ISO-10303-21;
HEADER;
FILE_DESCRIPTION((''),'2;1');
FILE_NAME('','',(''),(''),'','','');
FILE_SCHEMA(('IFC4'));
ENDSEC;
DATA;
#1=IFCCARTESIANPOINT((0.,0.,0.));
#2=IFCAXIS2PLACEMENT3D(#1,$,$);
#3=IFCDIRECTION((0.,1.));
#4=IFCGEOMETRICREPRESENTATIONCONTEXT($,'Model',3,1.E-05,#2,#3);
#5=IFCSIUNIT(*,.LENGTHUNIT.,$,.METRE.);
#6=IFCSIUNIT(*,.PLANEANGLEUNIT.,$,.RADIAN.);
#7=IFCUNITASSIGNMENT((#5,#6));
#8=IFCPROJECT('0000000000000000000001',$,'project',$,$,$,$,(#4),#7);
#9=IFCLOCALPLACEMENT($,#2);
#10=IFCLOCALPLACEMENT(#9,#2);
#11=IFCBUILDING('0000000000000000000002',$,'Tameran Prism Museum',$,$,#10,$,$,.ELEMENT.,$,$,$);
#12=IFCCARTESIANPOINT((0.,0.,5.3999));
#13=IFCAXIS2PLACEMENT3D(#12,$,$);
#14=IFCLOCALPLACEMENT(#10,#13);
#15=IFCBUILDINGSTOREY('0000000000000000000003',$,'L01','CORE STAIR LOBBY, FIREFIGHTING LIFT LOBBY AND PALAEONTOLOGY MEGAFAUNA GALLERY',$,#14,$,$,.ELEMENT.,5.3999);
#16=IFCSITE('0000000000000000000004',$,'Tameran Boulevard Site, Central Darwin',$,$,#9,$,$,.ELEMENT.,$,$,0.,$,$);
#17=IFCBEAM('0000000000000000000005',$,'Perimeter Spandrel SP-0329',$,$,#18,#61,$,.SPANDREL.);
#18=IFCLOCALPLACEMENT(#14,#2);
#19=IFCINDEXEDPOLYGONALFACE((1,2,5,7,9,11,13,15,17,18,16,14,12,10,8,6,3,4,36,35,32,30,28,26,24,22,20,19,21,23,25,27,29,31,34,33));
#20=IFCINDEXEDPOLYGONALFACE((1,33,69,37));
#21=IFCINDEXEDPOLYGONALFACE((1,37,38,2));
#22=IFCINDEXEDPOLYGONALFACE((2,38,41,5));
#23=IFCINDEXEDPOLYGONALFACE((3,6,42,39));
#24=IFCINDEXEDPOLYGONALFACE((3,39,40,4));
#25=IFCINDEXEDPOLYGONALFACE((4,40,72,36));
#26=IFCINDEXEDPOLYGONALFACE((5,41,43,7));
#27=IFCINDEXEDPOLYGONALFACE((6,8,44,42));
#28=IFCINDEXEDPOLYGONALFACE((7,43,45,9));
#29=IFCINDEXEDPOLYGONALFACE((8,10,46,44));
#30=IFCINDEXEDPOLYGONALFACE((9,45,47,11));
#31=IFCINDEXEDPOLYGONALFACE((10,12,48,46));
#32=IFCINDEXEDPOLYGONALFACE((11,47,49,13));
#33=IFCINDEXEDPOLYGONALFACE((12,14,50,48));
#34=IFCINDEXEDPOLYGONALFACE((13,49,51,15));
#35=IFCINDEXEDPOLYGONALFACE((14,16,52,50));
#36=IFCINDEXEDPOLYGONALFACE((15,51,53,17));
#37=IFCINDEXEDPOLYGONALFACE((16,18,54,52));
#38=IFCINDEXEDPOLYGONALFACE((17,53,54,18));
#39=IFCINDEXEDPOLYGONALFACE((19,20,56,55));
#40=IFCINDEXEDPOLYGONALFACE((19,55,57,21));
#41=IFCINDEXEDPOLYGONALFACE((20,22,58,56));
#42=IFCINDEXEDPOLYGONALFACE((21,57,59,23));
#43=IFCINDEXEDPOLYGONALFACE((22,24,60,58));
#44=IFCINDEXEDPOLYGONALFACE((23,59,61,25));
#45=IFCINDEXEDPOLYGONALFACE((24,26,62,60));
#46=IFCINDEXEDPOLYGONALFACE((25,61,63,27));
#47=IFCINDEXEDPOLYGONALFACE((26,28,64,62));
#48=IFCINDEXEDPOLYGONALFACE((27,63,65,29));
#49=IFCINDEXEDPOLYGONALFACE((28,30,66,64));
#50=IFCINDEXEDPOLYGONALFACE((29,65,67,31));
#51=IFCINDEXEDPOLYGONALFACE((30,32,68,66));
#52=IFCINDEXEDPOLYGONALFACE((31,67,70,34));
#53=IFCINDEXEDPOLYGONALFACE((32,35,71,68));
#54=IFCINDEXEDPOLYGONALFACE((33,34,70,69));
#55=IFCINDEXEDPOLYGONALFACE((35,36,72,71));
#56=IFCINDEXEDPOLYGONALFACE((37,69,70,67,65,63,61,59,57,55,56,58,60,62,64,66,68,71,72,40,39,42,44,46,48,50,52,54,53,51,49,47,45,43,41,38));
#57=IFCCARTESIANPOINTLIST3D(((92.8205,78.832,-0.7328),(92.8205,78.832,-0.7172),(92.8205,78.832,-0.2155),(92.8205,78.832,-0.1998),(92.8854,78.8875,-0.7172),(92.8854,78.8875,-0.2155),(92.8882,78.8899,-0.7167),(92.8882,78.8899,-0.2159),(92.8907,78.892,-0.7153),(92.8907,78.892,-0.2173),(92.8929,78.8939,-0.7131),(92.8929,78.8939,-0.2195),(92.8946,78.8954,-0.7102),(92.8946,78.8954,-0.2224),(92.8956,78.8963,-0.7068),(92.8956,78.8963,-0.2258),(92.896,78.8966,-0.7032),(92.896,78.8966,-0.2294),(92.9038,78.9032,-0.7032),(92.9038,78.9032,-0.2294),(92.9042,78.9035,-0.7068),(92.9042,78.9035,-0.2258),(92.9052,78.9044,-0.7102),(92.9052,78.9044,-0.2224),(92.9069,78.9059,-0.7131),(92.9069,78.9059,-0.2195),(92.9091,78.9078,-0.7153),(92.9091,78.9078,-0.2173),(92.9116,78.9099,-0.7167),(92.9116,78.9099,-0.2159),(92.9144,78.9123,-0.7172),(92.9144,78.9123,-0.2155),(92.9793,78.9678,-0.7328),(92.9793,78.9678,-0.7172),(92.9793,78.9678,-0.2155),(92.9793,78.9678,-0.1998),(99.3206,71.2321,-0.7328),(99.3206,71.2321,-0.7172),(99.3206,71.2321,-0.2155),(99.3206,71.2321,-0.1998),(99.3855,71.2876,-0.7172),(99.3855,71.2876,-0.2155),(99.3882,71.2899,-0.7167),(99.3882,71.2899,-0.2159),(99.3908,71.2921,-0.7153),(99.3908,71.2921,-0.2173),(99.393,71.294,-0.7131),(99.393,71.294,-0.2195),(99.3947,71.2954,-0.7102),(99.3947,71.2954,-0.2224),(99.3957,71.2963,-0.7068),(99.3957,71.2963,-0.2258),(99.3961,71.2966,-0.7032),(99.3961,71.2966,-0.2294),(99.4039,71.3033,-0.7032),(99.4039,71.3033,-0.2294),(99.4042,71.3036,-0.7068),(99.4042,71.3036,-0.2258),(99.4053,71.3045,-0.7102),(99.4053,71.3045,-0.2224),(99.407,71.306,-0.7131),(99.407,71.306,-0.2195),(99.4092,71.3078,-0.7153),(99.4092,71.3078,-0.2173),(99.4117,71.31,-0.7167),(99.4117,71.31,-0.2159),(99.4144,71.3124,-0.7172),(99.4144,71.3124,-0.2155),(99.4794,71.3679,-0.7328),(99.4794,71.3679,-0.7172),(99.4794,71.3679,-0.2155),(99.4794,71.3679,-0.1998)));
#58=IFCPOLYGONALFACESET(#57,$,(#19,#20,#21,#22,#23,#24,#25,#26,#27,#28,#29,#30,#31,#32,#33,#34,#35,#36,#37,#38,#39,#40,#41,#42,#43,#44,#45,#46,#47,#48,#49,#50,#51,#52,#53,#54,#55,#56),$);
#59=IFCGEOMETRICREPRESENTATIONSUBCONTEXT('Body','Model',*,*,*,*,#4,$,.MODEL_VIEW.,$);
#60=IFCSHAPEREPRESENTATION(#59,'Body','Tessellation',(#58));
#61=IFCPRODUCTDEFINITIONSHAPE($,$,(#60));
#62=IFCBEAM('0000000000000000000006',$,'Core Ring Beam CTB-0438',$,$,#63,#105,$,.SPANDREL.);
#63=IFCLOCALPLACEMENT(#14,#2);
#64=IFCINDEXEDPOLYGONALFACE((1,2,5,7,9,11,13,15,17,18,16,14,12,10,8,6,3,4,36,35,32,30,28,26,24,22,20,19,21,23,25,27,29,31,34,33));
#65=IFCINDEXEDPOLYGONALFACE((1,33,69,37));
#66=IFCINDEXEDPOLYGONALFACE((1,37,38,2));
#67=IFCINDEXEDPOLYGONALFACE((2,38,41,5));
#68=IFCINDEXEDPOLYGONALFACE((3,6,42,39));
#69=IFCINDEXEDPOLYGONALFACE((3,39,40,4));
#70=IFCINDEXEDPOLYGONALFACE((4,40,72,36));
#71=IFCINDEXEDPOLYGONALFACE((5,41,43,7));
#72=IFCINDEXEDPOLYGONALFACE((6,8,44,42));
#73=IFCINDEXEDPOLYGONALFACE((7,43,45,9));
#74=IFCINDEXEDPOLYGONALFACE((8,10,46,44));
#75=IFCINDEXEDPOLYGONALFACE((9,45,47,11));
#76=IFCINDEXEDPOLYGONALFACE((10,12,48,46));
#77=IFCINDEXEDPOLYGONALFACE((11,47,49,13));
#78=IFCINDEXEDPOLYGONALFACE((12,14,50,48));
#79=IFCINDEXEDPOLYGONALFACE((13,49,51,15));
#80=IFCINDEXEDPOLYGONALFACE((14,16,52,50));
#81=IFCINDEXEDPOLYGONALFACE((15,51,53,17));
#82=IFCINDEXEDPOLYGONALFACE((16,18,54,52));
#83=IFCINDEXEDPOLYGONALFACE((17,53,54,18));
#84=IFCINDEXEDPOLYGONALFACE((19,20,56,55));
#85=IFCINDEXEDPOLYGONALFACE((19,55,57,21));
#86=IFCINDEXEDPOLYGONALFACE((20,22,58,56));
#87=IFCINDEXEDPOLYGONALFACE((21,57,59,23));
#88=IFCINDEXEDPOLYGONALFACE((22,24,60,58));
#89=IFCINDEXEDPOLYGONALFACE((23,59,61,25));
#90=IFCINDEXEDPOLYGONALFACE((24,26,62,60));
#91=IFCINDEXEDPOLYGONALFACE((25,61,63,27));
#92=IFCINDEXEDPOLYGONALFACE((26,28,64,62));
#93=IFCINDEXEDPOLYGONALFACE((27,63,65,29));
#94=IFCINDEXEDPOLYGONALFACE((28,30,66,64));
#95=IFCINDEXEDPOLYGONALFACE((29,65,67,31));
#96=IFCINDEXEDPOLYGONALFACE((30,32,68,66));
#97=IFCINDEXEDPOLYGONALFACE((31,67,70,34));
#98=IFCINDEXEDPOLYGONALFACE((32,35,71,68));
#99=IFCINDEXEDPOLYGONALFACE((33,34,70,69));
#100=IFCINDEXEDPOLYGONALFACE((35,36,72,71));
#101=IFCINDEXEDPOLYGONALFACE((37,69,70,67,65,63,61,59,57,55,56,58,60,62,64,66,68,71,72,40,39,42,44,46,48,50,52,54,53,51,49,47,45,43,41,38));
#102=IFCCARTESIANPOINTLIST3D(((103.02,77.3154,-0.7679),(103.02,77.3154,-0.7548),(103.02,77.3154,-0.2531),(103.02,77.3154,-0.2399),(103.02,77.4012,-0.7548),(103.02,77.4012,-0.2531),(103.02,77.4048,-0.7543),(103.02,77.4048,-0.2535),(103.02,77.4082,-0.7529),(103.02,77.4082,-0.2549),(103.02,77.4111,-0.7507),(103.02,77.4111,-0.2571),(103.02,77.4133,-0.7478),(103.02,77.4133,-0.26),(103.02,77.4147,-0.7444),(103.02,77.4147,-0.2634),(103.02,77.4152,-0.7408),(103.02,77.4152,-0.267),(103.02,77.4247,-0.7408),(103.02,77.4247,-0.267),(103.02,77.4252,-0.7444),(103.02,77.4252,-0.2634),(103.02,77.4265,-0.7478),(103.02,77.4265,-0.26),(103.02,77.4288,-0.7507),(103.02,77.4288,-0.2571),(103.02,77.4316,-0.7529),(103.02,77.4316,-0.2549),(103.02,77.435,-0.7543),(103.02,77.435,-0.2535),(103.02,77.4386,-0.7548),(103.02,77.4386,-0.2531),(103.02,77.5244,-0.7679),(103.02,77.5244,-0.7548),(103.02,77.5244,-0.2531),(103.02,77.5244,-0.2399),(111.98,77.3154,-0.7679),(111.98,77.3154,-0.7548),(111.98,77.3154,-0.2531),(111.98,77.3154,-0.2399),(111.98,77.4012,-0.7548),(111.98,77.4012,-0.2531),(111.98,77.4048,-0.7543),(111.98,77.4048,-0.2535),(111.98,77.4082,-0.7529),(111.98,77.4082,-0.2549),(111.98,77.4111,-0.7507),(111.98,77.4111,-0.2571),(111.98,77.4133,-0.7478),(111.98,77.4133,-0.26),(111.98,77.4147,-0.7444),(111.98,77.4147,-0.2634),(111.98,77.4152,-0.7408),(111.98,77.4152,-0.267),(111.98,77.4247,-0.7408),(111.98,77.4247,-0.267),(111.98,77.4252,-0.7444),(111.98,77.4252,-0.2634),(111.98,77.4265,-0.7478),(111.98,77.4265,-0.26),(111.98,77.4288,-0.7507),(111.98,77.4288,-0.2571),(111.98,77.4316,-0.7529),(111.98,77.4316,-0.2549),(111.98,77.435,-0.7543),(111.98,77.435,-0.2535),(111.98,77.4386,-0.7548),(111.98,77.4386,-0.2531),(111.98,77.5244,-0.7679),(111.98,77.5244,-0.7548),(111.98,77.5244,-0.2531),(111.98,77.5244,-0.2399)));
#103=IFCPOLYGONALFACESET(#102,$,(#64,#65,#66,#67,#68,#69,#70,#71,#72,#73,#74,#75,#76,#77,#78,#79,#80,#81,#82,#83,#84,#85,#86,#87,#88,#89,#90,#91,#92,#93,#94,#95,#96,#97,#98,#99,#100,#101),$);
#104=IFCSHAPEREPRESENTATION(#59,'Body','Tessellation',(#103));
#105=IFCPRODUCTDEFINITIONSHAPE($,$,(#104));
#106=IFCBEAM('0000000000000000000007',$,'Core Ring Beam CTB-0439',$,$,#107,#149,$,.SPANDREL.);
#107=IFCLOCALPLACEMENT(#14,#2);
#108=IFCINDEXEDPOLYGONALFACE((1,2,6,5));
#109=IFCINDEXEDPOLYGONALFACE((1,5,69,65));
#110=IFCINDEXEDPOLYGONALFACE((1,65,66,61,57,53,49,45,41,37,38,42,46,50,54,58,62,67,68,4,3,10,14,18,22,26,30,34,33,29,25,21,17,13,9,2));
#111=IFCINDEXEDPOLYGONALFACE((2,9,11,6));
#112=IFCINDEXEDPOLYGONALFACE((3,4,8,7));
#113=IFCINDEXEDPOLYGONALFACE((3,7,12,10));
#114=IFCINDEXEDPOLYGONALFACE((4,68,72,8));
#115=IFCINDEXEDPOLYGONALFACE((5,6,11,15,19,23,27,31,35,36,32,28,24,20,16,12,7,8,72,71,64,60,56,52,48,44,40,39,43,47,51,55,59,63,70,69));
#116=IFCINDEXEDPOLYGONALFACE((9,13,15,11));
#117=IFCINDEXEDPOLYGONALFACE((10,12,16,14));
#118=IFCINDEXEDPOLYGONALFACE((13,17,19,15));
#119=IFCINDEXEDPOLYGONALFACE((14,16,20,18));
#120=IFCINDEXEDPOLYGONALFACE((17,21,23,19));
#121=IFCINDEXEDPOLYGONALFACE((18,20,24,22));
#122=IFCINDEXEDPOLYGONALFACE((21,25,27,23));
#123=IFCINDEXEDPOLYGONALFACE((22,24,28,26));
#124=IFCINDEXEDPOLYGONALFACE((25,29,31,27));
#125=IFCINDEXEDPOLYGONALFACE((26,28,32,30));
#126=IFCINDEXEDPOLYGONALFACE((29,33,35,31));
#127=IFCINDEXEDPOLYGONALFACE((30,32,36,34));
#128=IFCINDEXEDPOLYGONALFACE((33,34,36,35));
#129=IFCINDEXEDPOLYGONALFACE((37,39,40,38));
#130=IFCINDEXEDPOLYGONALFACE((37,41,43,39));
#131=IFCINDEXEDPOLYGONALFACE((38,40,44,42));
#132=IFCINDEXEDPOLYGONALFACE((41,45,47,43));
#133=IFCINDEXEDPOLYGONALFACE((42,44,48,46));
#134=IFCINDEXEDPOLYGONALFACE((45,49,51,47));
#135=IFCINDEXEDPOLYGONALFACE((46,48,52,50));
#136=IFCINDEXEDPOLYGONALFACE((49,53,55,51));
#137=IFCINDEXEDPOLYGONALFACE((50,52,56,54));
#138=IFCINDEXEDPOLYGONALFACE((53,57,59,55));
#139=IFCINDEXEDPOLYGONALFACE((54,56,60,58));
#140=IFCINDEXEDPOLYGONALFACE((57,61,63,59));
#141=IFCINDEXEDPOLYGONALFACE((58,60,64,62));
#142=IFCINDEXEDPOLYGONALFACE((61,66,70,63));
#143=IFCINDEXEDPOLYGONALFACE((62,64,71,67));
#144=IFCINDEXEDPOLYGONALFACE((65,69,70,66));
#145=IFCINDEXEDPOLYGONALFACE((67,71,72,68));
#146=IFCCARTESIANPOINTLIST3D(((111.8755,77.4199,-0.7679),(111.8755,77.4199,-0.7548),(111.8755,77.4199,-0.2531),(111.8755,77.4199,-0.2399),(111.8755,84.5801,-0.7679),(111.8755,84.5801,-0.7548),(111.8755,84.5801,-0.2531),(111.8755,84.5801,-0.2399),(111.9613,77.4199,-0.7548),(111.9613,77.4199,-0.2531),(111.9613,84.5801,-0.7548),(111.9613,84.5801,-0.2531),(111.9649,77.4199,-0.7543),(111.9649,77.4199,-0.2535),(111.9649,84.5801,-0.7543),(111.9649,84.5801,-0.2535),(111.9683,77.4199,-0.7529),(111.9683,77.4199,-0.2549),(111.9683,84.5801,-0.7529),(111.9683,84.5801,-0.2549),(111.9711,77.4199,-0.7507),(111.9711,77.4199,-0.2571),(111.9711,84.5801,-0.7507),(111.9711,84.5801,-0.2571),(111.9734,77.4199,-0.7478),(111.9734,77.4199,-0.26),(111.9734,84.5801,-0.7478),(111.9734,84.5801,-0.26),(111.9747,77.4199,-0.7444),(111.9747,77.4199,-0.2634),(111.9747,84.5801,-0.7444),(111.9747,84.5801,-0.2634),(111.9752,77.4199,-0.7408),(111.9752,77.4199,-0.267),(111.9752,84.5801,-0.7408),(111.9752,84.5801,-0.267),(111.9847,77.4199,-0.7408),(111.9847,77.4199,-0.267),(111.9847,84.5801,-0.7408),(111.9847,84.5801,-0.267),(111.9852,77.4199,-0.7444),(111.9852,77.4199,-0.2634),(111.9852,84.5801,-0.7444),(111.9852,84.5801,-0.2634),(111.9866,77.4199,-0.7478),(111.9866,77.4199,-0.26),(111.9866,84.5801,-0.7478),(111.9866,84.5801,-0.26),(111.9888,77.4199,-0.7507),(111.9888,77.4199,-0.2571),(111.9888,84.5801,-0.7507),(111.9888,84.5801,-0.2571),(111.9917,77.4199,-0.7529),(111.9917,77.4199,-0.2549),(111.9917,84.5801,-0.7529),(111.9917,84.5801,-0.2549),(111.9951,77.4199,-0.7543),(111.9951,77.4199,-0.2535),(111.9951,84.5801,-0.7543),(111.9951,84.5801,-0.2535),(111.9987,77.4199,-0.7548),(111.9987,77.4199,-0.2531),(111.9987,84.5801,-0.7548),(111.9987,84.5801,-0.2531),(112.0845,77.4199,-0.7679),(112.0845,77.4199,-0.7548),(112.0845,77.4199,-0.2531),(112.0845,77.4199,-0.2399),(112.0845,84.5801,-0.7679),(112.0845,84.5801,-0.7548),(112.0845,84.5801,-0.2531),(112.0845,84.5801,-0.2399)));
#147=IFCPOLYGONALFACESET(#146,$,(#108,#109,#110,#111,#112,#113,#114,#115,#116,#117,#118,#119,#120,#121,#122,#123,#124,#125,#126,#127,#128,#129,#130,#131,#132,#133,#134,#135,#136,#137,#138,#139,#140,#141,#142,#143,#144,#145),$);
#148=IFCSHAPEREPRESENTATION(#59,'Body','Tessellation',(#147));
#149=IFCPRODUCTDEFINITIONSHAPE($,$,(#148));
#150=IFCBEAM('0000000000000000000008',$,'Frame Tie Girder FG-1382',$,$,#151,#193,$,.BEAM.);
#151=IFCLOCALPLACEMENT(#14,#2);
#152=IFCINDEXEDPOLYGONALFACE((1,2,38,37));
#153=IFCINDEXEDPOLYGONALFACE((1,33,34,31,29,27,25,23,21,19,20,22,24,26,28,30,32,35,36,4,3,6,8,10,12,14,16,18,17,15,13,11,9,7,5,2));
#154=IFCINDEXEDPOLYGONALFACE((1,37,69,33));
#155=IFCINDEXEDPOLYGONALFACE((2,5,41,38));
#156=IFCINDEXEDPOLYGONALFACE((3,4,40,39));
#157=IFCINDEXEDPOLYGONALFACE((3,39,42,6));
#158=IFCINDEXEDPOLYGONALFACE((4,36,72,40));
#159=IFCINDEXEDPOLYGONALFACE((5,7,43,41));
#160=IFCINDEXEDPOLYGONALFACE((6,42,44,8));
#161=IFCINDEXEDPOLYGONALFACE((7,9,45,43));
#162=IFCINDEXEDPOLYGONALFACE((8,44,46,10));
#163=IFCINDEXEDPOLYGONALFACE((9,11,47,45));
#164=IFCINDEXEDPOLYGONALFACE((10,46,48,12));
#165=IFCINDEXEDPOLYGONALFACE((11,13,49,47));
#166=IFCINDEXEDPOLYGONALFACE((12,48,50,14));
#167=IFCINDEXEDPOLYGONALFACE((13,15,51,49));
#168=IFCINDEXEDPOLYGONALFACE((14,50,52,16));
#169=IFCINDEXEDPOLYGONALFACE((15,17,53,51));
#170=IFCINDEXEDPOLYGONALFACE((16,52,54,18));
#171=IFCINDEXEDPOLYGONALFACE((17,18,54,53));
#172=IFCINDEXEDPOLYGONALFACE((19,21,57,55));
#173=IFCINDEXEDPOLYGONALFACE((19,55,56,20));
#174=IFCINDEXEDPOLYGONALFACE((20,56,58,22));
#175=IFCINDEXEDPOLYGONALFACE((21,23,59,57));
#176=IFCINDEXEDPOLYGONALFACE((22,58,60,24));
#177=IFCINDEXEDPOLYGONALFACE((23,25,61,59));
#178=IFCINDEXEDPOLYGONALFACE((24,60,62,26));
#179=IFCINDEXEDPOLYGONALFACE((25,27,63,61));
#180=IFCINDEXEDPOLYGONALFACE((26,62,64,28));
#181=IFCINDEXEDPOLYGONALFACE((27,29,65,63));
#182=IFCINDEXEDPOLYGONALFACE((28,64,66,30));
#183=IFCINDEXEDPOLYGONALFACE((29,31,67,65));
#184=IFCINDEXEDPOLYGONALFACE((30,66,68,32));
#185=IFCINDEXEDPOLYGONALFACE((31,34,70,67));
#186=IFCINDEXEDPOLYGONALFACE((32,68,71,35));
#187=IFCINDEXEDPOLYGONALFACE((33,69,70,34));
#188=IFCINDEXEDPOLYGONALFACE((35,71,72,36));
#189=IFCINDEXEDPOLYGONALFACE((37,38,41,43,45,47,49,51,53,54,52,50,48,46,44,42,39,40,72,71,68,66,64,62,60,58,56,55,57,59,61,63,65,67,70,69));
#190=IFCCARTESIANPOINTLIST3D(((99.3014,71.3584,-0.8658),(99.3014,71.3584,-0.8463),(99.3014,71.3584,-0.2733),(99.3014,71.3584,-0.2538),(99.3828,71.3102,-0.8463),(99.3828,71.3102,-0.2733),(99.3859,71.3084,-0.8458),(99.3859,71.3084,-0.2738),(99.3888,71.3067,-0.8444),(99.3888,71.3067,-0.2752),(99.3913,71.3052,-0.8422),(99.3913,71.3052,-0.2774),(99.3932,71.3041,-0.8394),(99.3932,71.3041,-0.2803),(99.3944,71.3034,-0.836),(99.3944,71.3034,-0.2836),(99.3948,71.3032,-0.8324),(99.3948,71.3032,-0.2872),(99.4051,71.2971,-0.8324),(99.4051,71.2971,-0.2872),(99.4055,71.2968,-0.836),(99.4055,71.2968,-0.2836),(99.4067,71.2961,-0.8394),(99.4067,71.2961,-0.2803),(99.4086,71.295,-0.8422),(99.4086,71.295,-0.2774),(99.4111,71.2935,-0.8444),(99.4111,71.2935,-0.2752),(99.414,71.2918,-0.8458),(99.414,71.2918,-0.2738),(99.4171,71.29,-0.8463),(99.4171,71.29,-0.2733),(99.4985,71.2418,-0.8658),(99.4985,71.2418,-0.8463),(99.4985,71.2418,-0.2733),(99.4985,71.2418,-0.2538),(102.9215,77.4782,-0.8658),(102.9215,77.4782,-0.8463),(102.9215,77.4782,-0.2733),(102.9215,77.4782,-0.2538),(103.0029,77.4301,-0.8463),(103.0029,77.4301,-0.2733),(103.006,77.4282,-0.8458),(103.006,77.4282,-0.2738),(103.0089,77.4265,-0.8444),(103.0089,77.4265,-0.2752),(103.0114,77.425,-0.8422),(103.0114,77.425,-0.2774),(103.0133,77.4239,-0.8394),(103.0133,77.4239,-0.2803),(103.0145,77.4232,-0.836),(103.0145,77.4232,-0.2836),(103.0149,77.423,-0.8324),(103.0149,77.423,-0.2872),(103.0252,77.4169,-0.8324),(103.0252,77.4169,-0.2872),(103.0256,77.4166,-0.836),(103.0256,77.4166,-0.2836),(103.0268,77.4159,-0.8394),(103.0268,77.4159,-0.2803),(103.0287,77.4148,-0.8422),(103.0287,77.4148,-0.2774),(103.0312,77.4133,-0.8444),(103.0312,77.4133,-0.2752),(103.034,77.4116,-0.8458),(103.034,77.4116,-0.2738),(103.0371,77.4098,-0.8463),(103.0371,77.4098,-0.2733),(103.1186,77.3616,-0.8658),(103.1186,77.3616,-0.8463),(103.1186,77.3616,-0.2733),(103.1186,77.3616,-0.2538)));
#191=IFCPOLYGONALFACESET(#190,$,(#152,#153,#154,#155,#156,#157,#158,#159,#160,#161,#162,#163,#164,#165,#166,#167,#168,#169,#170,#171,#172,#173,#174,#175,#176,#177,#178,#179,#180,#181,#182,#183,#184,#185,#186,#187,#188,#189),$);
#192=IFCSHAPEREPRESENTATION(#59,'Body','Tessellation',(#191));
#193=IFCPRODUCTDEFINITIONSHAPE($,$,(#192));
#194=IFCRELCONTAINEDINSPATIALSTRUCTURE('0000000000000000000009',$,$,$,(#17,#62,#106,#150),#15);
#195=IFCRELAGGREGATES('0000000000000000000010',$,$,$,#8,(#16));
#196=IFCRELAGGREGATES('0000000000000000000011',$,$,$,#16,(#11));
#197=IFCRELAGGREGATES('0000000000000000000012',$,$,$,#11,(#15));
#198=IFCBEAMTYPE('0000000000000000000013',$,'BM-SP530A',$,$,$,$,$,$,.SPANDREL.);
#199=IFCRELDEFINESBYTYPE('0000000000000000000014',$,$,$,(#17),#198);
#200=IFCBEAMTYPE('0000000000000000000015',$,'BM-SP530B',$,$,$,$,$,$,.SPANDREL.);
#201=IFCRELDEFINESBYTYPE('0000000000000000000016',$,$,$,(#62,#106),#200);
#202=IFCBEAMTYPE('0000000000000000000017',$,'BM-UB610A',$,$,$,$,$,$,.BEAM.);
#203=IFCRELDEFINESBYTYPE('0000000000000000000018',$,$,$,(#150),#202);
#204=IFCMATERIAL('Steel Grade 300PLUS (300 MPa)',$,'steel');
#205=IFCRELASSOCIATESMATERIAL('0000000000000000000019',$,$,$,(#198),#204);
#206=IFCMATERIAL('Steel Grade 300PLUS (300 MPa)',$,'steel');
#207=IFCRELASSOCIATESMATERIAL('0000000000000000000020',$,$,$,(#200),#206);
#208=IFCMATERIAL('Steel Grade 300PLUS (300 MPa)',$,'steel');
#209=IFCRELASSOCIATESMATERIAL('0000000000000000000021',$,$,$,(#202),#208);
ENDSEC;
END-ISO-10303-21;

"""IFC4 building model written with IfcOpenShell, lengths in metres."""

from ifc_helpers import new_model, si_unit, direction, frame, origin, origin_2d, place, context, subcontext, project, spatial, i_section, extrude, material, material_profile, profile_set, type_object, element, save


model = new_model("IFC4")

# Units and contexts
model_context = context("Model", 3, precision=1e-05, world=origin(), true_north=direction((0.0, 1.0)))
body_context = subcontext(model_context, "Body", "Model", "MODEL_VIEW")
ifc_project = project(units=[si_unit("LENGTHUNIT", "METRE"), si_unit("PLANEANGLEUNIT", "RADIAN")], contexts=[model_context])

# Site, building, storey
site_placement = place(None, origin())
site = spatial("IfcSite", under=ifc_project, at=site_placement, Name="Tameran Boulevard Site, Central Darwin", CompositionType="ELEMENT", RefElevation=0.0)
building_placement = place(site_placement, origin())
building = spatial("IfcBuilding", under=site, at=building_placement, Name="Tameran Prism Museum", CompositionType="ELEMENT")
storey_placement = place(building_placement, frame((0.0, 0.0, 5.3999)))
storey = spatial("IfcBuildingStorey", under=building, at=storey_placement, Name="L01", Description="CORE STAIR LOBBY, FIREFIGHTING LIFT LOBBY AND PALAEONTOLOGY MEGAFAUNA GALLERY", CompositionType="ELEMENT", Elevation=5.3999)

# Beams
ifc_material_1 = material(Name="Steel Grade 300PLUS (300 MPa)", Category="steel")
ifc_material_profile_1 = material_profile(ifc_material_1, i_section(OverallWidth=0.209, OverallDepth=0.533, WebThickness=0.0103, FlangeThickness=0.0156, FilletRadius=0.0139, at=origin_2d()))
ifc_profile_set_1 = profile_set([ifc_material_profile_1])
beam_type_1 = type_object("IfcBeamType", Name="BM-SP530A", PredefinedType="SPANDREL", material=ifc_profile_set_1)
beam_1_placement = place(storey_placement, frame((92.8999, 78.8999, -0.4663), z_axis=(0.649975, -0.759956, 0.0), x_axis=(0.759956, 0.649975, 0.0)))
element("IfcBeam", 1, at=beam_1_placement, inside=storey, type_object=beam_type_1, Name="Perimeter Spandrel SP-0329", PredefinedType="SPANDREL", context=body_context, shape_type="SweptSolid", body=[
    extrude(i_section(OverallWidth=0.209, OverallDepth=0.533, WebThickness=0.0103, FlangeThickness=0.0156, FilletRadius=0.0139, at=origin_2d()), origin(), (0.0, 0.0, 1.0), 10.0005),
])
ifc_material_2 = material(Name="Steel Grade 300PLUS (300 MPa)", Category="steel")
ifc_material_profile_2 = material_profile(ifc_material_2, i_section(OverallWidth=0.209, OverallDepth=0.5281, WebThickness=0.0095, FlangeThickness=0.0132, FilletRadius=0.0139, at=origin_2d()))
ifc_profile_set_2 = profile_set([ifc_material_profile_2])
beam_type_2 = type_object("IfcBeamType", Name="BM-SP530B", PredefinedType="SPANDREL", material=ifc_profile_set_2)
beam_2_placement = place(storey_placement, frame((103.02, 77.4199, -0.5039), z_axis=(1.0, 0.0, 0.0), x_axis=(0.0, 1.0, 0.0)))
element("IfcBeam", 2, at=beam_2_placement, inside=storey, type_object=beam_type_2, Name="Core Ring Beam CTB-0438", PredefinedType="SPANDREL", context=body_context, shape_type="SweptSolid", body=[
    extrude(i_section(OverallWidth=0.209, OverallDepth=0.5281, WebThickness=0.0095, FlangeThickness=0.0132, FilletRadius=0.0139, at=origin_2d()), origin(), (0.0, 0.0, 1.0), 8.96),
])
beam_3_placement = place(storey_placement, frame((111.98, 77.4199, -0.5039), z_axis=(0.0, 1.0, 0.0), x_axis=(-1.0, 0.0, 0.0)))
element("IfcBeam", 3, at=beam_3_placement, inside=storey, type_object=beam_type_2, Name="Core Ring Beam CTB-0439", PredefinedType="SPANDREL", context=body_context, shape_type="SweptSolid", body=[
    extrude(i_section(OverallWidth=0.209, OverallDepth=0.5281, WebThickness=0.0095, FlangeThickness=0.0132, FilletRadius=0.0139, at=origin_2d()), origin(), (0.0, 0.0, 1.0), 7.1602),
])
ifc_material_3 = material(Name="Steel Grade 300PLUS (300 MPa)", Category="steel")
ifc_material_profile_3 = material_profile(ifc_material_3, i_section(OverallWidth=0.229, OverallDepth=0.6121, WebThickness=0.012, FlangeThickness=0.0195, FilletRadius=0.0139, at=origin_2d()))
ifc_profile_set_3 = profile_set([ifc_material_profile_3])
beam_type_3 = type_object("IfcBeamType", Name="BM-UB610A", PredefinedType="BEAM", material=ifc_profile_set_3)
beam_4_placement = place(storey_placement, frame((103.02, 77.4199, -0.5598), z_axis=(-0.509128, -0.860691, 0.0), x_axis=(0.860691, -0.509128, 0.0)))
element("IfcBeam", 4, at=beam_4_placement, inside=storey, type_object=beam_type_3, Name="Frame Tie Girder FG-1382", PredefinedType="BEAM", context=body_context, shape_type="SweptSolid", body=[
    extrude(i_section(OverallWidth=0.229, OverallDepth=0.6121, WebThickness=0.012, FlangeThickness=0.0195, FilletRadius=0.0139, at=origin_2d()), origin(), (0.0, 0.0, 1.0), 7.1104),
])

save(model, "model.ifc")
